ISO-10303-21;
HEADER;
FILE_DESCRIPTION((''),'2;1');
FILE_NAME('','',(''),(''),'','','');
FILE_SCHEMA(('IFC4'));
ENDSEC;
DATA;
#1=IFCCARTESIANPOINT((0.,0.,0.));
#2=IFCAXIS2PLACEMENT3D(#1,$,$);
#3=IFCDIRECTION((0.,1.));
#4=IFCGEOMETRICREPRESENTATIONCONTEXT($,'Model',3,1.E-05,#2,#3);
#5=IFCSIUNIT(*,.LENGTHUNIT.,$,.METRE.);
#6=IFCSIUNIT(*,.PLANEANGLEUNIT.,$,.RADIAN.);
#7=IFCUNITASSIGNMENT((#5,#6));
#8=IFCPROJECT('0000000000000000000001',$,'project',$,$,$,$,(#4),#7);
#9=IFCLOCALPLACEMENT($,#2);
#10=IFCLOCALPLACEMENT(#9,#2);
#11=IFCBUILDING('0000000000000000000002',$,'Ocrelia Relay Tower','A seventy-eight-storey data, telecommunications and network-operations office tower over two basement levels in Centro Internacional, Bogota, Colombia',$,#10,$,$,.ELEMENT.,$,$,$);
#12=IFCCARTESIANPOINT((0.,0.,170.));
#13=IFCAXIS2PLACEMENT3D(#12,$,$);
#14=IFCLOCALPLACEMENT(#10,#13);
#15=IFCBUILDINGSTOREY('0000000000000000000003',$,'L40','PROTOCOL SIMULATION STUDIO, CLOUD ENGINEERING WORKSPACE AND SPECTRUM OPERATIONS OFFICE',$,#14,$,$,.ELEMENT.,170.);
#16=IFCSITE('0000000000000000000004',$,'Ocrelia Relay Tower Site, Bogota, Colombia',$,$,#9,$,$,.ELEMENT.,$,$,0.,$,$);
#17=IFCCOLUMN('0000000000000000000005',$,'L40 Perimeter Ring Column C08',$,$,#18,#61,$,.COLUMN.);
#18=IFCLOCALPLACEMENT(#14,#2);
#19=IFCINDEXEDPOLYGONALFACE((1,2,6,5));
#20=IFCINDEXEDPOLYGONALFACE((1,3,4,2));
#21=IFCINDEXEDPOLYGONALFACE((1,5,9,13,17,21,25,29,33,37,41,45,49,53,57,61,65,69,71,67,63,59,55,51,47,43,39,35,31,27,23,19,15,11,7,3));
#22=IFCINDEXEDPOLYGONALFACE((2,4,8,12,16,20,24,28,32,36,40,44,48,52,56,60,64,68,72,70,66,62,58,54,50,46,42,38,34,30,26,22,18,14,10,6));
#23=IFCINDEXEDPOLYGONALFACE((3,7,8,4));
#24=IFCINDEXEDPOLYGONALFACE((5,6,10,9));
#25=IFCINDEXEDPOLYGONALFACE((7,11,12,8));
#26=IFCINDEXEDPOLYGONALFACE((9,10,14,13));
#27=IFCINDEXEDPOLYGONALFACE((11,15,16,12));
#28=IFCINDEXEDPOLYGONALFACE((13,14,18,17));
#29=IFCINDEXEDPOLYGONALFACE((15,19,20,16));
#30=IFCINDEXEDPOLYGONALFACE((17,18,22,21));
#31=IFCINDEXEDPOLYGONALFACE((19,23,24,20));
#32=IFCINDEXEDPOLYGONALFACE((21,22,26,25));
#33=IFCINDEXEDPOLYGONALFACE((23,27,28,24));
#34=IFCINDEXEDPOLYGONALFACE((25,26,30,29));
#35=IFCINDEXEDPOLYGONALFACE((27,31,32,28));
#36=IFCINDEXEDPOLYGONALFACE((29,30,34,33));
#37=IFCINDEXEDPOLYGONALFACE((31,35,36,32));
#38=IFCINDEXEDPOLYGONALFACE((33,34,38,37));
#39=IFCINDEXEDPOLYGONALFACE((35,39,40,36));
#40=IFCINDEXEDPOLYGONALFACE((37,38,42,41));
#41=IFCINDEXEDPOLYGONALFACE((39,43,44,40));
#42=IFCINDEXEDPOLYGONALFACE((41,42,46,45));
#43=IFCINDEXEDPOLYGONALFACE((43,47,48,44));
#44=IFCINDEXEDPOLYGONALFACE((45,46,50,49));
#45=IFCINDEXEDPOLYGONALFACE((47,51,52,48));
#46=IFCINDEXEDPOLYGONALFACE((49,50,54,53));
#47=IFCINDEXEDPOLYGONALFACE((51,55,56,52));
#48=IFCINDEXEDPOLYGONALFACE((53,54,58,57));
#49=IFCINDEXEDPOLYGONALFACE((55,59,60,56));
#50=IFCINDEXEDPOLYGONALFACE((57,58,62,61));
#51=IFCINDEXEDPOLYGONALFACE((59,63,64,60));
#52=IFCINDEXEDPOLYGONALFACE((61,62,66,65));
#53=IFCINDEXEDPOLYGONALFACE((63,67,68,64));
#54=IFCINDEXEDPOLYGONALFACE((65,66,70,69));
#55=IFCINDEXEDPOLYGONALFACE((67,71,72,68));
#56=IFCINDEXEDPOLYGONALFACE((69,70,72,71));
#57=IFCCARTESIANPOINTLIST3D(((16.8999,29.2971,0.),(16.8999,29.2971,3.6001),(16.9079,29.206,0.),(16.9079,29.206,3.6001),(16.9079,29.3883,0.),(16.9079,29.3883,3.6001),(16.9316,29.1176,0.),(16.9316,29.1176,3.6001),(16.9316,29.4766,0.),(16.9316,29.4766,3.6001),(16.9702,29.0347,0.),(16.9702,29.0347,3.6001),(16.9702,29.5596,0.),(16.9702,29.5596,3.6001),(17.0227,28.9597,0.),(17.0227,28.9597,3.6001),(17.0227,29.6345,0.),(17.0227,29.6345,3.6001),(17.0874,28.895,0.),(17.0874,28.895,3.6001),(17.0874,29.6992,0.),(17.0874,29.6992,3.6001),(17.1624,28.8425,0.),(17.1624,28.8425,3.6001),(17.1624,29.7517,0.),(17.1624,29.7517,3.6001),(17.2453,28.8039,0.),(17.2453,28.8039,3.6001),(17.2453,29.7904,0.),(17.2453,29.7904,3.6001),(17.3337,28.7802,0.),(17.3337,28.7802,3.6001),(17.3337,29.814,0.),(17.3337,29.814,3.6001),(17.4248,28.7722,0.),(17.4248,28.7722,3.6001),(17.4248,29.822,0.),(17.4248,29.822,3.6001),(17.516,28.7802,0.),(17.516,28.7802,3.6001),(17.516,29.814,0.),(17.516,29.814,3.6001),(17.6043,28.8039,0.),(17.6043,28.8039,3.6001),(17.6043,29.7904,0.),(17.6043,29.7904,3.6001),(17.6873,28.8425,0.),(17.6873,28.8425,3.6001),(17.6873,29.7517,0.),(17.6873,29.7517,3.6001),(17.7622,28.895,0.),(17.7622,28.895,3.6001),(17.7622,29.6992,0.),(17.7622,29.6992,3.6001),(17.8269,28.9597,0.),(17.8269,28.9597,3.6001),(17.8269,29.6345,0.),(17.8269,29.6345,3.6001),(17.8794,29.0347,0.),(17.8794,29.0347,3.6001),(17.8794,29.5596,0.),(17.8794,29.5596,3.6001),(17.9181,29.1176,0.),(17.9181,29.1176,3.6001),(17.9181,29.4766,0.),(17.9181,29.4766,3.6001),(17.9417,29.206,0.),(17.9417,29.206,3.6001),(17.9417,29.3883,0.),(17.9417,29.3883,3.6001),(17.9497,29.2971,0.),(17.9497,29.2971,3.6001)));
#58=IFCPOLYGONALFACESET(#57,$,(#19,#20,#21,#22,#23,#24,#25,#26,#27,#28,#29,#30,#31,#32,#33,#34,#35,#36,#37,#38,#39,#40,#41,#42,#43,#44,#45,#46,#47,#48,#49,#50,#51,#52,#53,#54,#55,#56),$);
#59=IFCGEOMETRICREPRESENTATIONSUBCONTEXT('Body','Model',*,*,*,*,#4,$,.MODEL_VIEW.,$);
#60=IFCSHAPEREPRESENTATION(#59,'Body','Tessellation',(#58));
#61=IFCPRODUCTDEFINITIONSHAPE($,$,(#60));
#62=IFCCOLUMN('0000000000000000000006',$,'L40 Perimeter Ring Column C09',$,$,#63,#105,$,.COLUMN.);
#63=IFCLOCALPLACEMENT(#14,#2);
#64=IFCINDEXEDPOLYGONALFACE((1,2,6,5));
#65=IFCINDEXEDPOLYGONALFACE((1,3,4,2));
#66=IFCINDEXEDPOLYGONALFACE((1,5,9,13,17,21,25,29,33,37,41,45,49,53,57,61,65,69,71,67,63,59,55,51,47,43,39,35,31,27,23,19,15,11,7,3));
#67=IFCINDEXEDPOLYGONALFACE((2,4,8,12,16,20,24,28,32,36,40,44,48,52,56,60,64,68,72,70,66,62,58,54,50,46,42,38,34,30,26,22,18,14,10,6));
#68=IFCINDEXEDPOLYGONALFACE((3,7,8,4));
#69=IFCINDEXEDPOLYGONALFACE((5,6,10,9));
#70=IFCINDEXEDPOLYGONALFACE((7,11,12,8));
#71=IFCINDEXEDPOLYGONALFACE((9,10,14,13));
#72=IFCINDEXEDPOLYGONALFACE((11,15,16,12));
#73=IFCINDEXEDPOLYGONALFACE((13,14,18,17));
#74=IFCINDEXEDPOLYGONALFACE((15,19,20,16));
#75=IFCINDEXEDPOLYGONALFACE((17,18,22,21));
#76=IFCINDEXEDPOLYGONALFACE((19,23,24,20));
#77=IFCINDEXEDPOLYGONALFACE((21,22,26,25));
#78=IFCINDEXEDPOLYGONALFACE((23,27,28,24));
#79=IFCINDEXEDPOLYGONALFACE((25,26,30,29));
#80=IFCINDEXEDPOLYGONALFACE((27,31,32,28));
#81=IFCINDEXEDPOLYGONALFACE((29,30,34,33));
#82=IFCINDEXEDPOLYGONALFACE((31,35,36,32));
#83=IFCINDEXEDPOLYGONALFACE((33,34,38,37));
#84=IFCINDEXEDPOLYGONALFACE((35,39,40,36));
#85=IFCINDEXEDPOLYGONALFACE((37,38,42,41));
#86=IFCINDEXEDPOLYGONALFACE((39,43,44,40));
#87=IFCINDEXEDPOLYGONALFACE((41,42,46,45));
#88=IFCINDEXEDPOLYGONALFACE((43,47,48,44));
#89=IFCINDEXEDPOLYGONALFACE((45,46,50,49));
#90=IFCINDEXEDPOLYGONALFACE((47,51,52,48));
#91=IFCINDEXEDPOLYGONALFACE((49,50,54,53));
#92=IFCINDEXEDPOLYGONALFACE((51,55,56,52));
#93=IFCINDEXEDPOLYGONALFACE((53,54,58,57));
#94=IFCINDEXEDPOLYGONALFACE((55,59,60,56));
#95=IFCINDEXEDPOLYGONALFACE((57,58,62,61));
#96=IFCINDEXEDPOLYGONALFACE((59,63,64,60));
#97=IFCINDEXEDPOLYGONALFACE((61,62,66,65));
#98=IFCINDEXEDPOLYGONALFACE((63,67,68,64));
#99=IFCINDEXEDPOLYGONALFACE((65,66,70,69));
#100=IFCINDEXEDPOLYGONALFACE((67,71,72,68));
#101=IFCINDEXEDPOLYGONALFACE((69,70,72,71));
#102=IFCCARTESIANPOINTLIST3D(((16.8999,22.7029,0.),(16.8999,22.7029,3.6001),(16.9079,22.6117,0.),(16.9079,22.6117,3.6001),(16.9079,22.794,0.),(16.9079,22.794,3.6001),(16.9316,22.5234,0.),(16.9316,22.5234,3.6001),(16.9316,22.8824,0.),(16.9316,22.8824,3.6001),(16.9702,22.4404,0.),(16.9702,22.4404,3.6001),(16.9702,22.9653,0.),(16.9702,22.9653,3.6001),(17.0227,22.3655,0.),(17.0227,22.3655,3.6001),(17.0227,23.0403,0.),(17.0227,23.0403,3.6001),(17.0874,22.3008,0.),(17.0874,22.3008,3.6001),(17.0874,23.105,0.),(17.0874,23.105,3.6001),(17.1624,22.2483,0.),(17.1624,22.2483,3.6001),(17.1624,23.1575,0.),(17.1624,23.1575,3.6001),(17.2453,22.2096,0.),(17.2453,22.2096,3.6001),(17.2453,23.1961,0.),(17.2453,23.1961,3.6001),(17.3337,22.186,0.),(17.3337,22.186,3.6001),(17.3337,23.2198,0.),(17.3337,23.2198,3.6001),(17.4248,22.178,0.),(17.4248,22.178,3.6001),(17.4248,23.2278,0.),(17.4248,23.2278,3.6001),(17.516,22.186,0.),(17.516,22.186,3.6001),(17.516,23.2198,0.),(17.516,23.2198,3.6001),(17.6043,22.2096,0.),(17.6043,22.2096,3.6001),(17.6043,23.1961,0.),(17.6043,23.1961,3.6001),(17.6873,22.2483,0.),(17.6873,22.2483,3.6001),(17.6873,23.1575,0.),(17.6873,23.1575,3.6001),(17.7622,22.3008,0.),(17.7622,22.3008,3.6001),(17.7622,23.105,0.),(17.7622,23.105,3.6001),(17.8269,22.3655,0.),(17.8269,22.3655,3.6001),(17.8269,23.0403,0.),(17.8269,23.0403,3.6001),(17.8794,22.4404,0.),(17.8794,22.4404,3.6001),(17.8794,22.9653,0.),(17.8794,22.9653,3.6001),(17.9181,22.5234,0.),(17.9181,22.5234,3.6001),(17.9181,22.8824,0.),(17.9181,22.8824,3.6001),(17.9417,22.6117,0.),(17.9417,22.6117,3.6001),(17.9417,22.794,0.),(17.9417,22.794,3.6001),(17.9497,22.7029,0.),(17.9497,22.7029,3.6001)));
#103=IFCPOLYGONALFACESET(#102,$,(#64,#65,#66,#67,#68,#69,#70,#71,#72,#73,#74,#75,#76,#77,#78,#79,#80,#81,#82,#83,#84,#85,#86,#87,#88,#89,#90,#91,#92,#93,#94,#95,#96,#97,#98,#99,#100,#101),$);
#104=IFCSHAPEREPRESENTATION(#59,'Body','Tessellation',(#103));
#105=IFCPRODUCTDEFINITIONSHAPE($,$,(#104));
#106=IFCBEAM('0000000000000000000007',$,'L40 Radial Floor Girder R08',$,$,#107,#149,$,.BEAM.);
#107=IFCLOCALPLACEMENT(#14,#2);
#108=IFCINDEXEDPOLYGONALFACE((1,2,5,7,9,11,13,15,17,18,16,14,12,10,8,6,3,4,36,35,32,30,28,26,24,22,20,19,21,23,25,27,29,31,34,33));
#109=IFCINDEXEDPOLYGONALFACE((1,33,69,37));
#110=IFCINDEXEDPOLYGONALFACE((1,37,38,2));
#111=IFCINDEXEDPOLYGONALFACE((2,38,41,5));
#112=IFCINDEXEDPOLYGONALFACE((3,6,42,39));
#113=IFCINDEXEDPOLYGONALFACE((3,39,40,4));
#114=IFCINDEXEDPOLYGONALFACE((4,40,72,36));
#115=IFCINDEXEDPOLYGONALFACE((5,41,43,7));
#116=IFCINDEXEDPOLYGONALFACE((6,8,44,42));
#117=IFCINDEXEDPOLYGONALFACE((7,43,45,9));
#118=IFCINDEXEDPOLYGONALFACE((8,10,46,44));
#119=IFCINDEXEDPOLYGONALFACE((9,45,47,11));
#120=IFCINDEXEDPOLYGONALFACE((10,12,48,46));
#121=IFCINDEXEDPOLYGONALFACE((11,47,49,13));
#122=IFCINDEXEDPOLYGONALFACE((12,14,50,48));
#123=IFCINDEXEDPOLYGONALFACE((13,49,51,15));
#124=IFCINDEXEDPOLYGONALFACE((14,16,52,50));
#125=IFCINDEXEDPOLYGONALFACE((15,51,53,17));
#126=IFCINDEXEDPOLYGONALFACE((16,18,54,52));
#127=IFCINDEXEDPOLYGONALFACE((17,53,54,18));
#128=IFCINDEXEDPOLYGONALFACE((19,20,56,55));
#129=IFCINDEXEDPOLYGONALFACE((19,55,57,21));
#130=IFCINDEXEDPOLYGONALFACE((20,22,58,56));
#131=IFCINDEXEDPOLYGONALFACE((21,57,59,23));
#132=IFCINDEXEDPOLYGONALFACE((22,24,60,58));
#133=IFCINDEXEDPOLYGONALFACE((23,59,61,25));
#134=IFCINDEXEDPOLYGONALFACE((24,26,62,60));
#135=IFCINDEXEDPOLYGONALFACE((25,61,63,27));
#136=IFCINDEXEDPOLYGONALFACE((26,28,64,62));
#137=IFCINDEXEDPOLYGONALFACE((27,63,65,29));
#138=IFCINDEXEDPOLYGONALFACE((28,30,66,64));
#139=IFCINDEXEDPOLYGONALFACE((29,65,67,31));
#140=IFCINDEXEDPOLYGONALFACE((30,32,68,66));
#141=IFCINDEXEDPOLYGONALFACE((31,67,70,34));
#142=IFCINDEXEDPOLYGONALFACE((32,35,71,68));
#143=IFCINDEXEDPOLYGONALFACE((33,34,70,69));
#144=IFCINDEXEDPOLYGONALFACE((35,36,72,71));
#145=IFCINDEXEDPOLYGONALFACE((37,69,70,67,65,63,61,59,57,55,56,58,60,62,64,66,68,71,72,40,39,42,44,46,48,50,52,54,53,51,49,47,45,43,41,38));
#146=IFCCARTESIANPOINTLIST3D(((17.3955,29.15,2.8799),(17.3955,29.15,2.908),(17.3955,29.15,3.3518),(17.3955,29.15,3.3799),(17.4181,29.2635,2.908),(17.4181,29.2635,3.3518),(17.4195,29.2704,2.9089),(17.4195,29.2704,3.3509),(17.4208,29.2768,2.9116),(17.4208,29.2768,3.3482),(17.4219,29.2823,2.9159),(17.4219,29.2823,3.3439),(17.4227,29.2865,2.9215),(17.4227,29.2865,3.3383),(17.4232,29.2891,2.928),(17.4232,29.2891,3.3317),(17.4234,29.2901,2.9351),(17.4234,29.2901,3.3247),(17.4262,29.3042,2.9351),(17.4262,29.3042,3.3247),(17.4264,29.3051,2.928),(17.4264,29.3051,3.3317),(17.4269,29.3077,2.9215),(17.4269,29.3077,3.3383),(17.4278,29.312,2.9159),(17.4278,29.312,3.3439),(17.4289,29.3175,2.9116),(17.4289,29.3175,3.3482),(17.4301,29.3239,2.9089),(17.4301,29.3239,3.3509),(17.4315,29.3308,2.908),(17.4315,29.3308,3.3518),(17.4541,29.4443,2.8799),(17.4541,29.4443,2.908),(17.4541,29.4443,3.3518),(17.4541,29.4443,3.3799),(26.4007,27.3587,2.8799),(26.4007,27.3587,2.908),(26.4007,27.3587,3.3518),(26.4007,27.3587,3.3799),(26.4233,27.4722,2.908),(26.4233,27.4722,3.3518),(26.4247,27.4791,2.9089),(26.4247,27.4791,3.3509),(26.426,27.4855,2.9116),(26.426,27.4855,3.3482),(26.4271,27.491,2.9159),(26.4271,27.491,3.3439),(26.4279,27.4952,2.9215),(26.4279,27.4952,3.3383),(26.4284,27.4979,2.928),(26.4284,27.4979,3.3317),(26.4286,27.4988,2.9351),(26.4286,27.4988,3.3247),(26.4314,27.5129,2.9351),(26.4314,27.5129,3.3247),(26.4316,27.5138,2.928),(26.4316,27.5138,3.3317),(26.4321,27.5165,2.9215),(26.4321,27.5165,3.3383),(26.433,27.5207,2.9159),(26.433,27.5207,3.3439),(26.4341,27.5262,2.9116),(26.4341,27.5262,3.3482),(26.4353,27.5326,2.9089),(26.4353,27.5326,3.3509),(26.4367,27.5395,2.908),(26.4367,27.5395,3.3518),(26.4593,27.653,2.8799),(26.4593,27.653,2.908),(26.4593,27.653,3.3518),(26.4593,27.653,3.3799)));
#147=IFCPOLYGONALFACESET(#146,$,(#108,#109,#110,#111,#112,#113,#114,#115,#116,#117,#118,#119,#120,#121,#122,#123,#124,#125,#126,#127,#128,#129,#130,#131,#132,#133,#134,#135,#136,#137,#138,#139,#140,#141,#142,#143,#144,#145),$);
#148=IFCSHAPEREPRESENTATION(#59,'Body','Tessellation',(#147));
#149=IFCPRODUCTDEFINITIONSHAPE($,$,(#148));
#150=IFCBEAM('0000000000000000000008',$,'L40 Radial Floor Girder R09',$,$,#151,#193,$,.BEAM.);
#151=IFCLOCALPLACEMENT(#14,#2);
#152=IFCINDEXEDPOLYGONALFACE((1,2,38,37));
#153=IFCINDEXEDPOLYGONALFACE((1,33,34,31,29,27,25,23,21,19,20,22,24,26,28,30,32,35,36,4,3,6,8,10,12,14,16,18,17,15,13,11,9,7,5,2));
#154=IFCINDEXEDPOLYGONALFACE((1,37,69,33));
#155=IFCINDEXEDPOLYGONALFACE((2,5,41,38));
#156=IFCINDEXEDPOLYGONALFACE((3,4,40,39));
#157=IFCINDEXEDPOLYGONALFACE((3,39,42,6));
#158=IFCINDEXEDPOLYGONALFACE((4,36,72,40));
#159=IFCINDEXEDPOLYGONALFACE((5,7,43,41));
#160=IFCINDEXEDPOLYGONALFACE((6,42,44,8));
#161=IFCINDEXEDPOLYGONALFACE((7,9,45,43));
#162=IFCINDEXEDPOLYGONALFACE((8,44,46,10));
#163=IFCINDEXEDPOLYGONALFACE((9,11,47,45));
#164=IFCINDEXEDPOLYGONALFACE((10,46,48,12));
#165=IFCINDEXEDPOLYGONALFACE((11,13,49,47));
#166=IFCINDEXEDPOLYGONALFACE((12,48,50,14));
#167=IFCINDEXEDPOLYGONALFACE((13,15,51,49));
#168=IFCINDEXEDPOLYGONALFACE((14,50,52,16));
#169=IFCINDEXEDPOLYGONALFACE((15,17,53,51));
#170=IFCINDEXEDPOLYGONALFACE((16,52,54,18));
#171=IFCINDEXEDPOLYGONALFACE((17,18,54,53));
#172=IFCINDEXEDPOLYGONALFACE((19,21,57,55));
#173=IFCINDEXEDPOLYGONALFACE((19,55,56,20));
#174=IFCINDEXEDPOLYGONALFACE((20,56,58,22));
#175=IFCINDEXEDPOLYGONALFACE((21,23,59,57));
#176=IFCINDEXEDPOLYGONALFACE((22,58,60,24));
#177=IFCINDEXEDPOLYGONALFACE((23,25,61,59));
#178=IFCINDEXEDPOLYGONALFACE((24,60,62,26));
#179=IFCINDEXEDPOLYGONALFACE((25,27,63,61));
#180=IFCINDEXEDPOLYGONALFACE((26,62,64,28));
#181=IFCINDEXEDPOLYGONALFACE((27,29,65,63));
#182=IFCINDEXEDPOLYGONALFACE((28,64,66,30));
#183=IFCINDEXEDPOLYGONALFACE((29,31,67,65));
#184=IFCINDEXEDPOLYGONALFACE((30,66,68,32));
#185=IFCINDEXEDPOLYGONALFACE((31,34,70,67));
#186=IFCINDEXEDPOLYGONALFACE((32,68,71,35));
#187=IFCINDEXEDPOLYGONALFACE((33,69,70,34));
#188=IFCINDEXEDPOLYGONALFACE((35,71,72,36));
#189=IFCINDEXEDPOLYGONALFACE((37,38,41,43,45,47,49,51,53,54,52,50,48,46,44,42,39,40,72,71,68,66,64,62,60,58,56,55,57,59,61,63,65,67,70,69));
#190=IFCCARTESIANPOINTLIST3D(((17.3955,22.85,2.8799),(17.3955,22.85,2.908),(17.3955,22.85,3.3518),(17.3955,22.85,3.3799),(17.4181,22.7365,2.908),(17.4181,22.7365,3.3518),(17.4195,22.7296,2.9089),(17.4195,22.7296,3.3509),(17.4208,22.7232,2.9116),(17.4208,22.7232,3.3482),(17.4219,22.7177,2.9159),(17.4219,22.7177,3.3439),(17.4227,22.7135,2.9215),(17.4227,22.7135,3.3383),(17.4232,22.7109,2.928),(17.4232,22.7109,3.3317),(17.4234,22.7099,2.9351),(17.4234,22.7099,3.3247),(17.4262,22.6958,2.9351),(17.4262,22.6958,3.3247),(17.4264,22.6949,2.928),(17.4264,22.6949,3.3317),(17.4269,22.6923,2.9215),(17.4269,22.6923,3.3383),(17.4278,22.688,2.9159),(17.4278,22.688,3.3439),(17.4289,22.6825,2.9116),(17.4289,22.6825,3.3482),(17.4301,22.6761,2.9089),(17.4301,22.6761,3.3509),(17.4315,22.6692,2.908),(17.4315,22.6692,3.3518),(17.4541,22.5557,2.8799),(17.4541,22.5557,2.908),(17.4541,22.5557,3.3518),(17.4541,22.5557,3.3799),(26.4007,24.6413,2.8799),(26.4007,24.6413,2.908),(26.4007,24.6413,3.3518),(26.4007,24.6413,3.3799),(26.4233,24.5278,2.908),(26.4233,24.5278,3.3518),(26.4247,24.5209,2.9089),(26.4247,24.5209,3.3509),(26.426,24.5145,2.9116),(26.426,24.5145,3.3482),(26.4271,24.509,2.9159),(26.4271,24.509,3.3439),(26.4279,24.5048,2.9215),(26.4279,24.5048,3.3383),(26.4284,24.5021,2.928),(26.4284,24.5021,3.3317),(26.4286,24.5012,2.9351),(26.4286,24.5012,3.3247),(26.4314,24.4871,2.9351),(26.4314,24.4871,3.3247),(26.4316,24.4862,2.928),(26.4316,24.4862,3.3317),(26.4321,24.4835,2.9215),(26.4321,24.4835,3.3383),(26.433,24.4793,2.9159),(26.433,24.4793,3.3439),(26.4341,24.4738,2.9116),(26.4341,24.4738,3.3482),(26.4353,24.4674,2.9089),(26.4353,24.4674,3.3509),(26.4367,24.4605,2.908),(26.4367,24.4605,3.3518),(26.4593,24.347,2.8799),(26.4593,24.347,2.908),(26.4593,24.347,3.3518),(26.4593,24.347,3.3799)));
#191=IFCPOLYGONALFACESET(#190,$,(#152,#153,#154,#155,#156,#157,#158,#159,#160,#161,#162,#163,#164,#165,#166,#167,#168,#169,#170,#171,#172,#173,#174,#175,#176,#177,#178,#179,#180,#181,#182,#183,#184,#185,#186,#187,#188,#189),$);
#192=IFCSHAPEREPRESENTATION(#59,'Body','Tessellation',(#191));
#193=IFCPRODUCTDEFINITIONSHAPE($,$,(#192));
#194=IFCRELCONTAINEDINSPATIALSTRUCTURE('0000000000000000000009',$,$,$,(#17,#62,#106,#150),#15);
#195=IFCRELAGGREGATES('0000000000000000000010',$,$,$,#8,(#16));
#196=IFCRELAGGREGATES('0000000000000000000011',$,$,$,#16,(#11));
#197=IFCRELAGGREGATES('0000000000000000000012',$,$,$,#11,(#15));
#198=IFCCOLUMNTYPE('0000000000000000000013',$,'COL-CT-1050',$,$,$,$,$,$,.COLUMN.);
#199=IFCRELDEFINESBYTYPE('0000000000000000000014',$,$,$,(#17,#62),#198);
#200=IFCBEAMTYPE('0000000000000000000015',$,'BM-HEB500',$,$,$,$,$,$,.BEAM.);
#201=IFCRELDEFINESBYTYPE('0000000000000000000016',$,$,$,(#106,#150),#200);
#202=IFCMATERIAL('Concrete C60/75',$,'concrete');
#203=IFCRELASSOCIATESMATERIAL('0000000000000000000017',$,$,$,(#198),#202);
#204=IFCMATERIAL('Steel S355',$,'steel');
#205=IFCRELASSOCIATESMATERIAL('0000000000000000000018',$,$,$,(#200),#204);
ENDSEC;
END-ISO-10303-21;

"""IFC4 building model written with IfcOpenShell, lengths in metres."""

from ifc_helpers import new_model, si_unit, direction, frame, origin, origin_2d, place, context, subcontext, project, spatial, circle, i_section, extrude, material, material_profile, profile_set, type_object, element, save


model = new_model("IFC4")

# Units and contexts
model_context = context("Model", 3, precision=1e-05, world=origin(), true_north=direction((0.0, 1.0)))
body_context = subcontext(model_context, "Body", "Model", "MODEL_VIEW")
ifc_project = project(units=[si_unit("LENGTHUNIT", "METRE"), si_unit("PLANEANGLEUNIT", "RADIAN")], contexts=[model_context])

# Site, building, storey
site_placement = place(None, origin())
site = spatial("IfcSite", under=ifc_project, at=site_placement, Name="Ocrelia Relay Tower Site, Bogota, Colombia", CompositionType="ELEMENT", RefElevation=0.0)
building_placement = place(site_placement, origin())
building = spatial("IfcBuilding", under=site, at=building_placement, Name="Ocrelia Relay Tower", Description="A seventy-eight-storey data, telecommunications and network-operations office tower over two basement levels in Centro Internacional, Bogota, Colombia", CompositionType="ELEMENT")
storey_placement = place(building_placement, frame((0.0, 0.0, 170.0)))
storey = spatial("IfcBuildingStorey", under=building, at=storey_placement, Name="L40", Description="PROTOCOL SIMULATION STUDIO, CLOUD ENGINEERING WORKSPACE AND SPECTRUM OPERATIONS OFFICE", CompositionType="ELEMENT", Elevation=170.0)

# Columns
ifc_material_1 = material(Name="Concrete C60/75", Category="concrete")
ifc_material_profile_1 = material_profile(ifc_material_1, circle(Radius=0.5249, at=origin_2d()), Name="RC-CIR-1050")
ifc_profile_set_1 = profile_set([ifc_material_profile_1], Name="Concrete C60/75")
column_type = type_object("IfcColumnType", Name="COL-CT-1050", PredefinedType="COLUMN", material=ifc_profile_set_1)
for number, where, z_axis, x_axis, name in (
    (1, (17.4248, 29.2971, 0.0), (0.0, 0.0, 1.0), (1.0, 0.0, 0.0), "L40 Perimeter Ring Column C08"),
    (2, (17.4248, 22.7029, 0.0), (0.0, 0.0, 1.0), (1.0, 0.0, 0.0), "L40 Perimeter Ring Column C09"),
):
    element("IfcColumn", number, at=place(storey_placement, frame(where, z_axis=z_axis, x_axis=x_axis)), inside=storey, type_object=column_type, Name=name, PredefinedType="COLUMN", context=body_context, shape_type="SweptSolid", body=[
        extrude(circle(Radius=0.5249, at=origin_2d()), origin(), (0.0, 0.0, 1.0), 3.6001),
    ])

# Beams
ifc_material_2 = material(Name="Steel S355", Category="steel")
ifc_material_profile_2 = material_profile(ifc_material_2, i_section(OverallWidth=0.3, OverallDepth=0.5, WebThickness=0.0144, FlangeThickness=0.0281, FilletRadius=0.0271, at=origin_2d()), Name="HEB 500")
ifc_profile_set_2 = profile_set([ifc_material_profile_2], Name="Steel S355")
beam_type_1 = type_object("IfcBeamType", Name="BM-HEB500", PredefinedType="BEAM", material=ifc_profile_set_2)
for number, where, z_axis, x_axis, name in (
    (3, (17.4248, 29.2971, 3.1299), (0.980785, -0.195093, 0.0), (0.195093, 0.980785, 0.0), "L40 Radial Floor Girder R08"),
    (4, (17.4248, 22.7029, 3.1299), (0.980785, 0.195093, 0.0), (-0.195093, 0.980785, 0.0), "L40 Radial Floor Girder R09"),
):
    element("IfcBeam", number, at=place(storey_placement, frame(where, z_axis=z_axis, x_axis=x_axis)), inside=storey, type_object=beam_type_1, Name=name, PredefinedType="BEAM", context=body_context, shape_type="SweptSolid", body=[
        extrude(i_section(OverallWidth=0.3, OverallDepth=0.5, WebThickness=0.0144, FlangeThickness=0.0281, FilletRadius=0.0271, at=origin_2d()), origin(), (0.0, 0.0, 1.0), 9.1816),
    ])

save(model, "model.ifc")
